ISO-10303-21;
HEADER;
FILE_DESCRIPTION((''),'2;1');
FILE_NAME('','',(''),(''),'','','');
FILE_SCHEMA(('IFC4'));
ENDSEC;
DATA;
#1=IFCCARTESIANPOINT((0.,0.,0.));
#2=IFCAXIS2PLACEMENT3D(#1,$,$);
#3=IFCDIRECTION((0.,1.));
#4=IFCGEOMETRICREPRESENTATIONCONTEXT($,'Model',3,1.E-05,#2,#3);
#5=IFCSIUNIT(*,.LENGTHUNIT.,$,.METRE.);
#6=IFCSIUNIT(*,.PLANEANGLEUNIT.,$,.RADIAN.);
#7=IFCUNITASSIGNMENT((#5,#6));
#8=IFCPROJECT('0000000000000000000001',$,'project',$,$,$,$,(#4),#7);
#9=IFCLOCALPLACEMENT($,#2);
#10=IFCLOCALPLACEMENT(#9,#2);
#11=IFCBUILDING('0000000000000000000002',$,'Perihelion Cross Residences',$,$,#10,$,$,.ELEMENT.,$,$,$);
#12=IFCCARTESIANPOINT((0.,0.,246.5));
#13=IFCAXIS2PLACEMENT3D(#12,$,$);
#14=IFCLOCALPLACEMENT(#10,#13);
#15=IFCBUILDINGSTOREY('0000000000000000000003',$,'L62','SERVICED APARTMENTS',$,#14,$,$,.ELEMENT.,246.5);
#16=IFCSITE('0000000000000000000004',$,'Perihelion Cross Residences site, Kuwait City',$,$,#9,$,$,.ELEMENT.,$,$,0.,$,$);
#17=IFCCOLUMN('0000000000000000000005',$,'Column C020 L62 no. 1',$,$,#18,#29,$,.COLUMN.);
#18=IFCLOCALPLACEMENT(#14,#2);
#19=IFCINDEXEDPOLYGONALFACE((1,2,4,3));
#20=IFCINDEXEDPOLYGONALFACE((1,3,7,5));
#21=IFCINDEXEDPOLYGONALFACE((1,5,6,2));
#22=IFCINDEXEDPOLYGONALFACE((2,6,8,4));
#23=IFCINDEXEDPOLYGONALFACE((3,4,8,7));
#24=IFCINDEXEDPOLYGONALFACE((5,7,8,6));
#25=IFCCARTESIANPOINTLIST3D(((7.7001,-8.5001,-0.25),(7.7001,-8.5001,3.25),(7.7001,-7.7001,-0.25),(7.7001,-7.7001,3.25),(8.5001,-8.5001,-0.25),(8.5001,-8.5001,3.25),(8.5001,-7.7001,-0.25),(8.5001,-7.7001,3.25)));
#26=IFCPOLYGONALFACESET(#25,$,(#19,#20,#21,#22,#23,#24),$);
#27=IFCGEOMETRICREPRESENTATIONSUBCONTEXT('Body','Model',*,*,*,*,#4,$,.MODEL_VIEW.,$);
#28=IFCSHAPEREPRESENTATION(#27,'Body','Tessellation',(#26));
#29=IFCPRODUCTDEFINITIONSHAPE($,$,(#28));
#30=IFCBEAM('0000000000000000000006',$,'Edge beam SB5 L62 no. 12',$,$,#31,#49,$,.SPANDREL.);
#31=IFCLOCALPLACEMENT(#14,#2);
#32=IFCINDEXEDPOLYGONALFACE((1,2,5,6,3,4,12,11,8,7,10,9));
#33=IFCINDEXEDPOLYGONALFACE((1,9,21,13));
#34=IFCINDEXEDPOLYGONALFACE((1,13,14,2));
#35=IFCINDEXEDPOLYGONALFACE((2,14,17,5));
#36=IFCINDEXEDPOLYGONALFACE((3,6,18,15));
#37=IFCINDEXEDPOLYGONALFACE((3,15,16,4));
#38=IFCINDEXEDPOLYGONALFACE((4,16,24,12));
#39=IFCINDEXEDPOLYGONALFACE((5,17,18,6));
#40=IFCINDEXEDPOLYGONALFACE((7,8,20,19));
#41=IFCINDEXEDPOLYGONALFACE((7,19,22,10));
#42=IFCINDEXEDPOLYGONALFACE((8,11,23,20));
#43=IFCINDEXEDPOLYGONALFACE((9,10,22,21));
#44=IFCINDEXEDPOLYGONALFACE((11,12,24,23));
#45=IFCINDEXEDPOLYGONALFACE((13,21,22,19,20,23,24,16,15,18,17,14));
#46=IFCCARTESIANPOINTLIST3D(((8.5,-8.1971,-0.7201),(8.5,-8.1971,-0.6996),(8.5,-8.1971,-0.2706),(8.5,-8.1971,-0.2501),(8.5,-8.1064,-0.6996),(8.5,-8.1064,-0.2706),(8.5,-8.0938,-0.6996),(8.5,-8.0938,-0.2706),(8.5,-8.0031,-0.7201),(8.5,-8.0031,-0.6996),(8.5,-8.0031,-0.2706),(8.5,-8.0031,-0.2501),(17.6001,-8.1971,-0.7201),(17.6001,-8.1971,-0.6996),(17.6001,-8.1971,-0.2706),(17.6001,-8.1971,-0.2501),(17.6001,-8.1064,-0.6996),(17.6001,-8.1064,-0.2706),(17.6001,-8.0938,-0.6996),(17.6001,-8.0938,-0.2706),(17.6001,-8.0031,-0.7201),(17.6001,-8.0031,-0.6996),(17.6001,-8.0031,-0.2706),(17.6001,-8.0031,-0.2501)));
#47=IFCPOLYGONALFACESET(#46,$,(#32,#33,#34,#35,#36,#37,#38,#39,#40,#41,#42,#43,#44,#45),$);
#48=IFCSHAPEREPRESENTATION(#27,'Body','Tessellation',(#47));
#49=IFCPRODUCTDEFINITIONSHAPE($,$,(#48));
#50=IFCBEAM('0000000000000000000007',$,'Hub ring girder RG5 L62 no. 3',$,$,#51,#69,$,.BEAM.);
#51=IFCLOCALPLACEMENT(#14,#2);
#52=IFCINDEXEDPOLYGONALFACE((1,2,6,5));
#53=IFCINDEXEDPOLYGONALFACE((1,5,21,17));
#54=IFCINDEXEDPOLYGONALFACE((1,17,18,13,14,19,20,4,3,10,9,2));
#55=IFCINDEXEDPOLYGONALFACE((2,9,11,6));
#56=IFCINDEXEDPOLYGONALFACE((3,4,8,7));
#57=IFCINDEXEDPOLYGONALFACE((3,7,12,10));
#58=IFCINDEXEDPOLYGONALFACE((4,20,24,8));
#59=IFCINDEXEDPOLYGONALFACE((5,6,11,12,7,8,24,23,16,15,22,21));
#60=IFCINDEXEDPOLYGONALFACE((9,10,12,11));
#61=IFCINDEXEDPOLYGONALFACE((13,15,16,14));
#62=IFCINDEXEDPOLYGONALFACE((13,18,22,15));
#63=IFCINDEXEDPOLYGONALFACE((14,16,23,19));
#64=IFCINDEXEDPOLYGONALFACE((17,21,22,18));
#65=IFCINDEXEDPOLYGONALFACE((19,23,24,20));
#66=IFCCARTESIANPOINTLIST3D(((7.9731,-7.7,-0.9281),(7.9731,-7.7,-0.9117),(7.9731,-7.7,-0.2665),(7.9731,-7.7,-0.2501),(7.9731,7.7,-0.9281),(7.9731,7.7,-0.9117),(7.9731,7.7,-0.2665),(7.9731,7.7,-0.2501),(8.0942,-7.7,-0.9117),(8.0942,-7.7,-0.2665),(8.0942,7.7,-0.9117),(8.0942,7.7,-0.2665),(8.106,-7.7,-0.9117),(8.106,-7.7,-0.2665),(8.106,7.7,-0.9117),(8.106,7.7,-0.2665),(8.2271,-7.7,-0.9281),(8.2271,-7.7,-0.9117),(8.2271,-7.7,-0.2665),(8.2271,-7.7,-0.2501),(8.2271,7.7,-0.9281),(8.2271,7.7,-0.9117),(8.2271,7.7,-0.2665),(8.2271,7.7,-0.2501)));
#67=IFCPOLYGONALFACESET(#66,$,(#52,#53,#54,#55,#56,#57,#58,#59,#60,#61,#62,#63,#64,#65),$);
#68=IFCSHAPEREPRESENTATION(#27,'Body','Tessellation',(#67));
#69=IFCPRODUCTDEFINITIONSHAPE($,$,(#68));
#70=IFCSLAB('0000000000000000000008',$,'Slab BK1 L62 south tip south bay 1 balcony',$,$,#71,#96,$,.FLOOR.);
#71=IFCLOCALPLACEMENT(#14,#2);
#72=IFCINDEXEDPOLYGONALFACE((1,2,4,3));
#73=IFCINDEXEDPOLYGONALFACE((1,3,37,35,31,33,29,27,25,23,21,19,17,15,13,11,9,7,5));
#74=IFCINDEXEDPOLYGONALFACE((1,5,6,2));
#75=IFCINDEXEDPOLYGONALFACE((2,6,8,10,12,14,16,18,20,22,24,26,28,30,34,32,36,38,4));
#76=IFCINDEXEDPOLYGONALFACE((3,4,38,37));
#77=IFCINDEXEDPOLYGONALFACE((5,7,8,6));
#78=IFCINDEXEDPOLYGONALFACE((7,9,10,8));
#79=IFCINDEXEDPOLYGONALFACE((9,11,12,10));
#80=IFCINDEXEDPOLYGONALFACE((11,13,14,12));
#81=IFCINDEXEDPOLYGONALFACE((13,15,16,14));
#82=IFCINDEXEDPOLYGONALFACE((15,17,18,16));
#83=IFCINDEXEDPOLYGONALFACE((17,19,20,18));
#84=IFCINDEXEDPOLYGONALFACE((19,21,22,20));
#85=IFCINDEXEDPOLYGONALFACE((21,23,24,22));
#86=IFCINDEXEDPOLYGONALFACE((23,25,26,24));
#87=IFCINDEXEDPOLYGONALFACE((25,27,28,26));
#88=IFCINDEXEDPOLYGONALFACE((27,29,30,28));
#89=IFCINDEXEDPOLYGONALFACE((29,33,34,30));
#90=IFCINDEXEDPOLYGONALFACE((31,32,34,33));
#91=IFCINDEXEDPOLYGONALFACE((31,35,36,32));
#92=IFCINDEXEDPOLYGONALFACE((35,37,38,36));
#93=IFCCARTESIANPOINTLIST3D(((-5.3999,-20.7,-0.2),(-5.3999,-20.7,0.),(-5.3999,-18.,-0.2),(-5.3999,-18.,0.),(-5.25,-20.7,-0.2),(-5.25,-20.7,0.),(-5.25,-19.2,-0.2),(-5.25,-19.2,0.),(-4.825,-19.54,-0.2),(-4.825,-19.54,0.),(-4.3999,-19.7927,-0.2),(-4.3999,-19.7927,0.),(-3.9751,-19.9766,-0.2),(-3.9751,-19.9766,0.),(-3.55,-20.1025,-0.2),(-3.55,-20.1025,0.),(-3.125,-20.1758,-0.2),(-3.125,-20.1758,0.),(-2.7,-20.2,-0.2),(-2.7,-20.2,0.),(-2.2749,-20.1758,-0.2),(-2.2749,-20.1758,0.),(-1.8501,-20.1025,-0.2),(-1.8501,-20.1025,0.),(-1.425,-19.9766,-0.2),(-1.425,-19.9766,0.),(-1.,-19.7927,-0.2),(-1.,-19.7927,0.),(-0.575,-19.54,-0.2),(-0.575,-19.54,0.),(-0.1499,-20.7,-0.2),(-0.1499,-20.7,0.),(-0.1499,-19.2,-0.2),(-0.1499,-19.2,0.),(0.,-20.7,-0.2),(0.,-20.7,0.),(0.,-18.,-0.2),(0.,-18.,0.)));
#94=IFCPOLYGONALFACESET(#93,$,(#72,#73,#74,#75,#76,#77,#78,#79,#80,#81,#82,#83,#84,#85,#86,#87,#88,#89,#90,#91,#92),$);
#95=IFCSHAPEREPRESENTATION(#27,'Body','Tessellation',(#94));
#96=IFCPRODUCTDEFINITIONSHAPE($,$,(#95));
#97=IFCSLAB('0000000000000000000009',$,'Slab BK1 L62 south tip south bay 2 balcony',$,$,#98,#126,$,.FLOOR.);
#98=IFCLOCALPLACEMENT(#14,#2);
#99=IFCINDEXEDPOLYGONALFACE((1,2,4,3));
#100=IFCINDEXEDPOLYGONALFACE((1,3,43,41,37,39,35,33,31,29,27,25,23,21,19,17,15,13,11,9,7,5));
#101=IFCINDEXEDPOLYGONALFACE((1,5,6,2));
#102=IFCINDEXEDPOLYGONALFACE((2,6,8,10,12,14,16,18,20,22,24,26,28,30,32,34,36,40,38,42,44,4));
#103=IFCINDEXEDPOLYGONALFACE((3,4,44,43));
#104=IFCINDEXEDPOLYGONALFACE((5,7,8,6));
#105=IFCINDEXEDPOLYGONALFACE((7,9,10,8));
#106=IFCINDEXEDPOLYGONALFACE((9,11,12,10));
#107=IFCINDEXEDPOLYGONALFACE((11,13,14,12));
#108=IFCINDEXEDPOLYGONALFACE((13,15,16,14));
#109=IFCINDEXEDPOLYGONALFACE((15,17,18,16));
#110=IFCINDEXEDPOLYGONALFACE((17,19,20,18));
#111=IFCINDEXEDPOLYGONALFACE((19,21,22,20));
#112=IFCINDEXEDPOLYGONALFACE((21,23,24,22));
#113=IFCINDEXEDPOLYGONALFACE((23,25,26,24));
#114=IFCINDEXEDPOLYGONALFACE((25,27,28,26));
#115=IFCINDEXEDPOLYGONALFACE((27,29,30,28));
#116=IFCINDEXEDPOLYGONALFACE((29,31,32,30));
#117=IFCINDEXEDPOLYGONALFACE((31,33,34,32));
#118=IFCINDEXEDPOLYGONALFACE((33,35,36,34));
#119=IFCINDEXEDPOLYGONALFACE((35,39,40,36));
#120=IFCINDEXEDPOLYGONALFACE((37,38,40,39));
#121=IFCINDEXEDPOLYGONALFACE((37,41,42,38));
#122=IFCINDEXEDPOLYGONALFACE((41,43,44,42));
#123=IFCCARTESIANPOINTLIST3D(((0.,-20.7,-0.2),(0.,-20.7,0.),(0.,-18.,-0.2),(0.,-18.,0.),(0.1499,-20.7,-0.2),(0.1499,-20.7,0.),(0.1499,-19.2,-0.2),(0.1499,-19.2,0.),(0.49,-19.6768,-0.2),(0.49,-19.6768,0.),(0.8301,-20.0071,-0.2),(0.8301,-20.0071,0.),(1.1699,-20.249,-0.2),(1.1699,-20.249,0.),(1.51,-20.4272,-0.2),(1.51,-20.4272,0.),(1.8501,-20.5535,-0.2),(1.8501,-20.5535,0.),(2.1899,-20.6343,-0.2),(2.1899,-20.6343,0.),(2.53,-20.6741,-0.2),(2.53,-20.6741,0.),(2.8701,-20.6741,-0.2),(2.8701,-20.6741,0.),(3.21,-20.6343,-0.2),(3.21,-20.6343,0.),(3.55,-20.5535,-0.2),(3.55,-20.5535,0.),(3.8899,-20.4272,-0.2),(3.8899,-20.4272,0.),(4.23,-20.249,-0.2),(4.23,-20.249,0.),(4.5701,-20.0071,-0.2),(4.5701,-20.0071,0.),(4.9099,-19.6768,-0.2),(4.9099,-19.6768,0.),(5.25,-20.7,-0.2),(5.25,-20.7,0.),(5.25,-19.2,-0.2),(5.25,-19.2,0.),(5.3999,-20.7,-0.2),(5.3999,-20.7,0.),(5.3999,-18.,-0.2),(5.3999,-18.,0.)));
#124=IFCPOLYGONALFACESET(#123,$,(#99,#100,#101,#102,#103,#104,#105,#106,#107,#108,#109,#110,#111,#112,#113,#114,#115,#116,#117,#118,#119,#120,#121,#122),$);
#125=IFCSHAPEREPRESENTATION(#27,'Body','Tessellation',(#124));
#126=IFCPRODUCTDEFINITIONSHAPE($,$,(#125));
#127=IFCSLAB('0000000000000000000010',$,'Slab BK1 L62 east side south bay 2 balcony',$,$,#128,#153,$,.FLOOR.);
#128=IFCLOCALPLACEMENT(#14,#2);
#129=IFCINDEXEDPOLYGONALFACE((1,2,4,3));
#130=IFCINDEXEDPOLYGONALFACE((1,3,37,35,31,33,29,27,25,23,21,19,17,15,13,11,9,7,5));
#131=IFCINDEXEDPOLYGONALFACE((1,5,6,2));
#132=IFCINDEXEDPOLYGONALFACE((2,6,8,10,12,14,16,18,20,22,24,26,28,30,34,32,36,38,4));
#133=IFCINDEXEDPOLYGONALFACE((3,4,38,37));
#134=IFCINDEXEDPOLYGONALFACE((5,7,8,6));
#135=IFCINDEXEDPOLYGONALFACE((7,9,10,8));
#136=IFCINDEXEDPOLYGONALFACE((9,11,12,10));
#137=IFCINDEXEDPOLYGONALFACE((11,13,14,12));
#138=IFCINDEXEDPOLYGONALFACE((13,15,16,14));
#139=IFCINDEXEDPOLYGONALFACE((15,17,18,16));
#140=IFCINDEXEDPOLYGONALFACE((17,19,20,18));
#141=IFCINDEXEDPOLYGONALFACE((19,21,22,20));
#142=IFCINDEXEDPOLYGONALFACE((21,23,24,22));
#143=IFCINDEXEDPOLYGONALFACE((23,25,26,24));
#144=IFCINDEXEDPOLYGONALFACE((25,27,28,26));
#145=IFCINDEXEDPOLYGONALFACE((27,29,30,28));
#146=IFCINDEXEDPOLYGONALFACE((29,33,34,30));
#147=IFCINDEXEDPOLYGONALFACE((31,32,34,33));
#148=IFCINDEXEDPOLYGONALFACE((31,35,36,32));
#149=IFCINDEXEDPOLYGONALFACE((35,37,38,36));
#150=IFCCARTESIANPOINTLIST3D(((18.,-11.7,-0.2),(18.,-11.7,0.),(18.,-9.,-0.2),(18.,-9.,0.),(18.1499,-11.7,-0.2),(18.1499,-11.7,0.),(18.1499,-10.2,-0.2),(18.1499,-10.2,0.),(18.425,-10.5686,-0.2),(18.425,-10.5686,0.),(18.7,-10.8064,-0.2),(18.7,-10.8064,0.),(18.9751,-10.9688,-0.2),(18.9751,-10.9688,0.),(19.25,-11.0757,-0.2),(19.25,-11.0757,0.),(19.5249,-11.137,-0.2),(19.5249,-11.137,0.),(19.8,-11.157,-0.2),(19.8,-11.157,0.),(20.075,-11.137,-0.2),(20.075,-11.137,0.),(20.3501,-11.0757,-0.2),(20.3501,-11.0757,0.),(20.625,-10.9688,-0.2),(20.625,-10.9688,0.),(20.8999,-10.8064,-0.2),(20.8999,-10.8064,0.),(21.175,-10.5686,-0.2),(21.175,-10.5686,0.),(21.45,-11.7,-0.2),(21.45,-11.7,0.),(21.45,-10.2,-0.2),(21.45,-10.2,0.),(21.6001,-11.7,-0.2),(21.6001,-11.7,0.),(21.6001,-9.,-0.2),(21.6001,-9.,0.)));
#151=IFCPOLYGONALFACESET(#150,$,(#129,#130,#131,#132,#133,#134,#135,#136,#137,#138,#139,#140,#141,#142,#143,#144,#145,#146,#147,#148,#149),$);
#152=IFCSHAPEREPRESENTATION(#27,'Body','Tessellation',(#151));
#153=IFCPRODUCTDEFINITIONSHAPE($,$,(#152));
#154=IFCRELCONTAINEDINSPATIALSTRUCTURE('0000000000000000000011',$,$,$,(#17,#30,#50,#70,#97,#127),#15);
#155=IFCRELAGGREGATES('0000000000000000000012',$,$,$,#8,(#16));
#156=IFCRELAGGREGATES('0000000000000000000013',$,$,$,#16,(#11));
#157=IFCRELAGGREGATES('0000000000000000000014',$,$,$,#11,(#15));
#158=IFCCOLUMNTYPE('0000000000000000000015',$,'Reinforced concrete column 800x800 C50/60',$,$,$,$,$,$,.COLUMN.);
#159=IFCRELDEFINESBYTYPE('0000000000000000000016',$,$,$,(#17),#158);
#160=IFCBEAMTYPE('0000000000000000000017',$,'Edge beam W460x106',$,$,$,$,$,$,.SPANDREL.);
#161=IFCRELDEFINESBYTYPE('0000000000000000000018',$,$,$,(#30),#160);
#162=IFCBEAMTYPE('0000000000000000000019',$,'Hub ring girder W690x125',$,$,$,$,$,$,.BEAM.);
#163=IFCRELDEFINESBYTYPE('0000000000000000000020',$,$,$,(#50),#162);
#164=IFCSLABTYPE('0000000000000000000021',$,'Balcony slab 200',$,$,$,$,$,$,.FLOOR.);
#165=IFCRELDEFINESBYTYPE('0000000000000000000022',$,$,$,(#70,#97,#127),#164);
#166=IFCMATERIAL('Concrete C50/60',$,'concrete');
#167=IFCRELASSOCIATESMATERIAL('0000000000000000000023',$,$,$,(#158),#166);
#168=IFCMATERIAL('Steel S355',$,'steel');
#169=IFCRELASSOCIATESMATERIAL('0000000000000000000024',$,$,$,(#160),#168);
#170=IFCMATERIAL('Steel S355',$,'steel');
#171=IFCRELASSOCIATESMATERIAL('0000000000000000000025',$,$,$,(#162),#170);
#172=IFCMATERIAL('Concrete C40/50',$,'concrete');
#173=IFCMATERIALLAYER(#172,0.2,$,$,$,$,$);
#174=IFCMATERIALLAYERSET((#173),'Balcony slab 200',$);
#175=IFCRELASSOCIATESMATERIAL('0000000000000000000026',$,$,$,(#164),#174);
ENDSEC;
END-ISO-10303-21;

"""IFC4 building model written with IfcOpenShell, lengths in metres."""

from ifc_helpers import new_model, si_unit, direction, frame, origin, origin_2d, place, context, subcontext, project, spatial, polyline, rectangle, i_section, outline, extrude, material, layer, layer_set, material_profile, profile_set, type_object, element, save


model = new_model("IFC4")

# Units and contexts
model_context = context("Model", 3, precision=1e-05, world=origin(), true_north=direction((0.0, 1.0)))
body_context = subcontext(model_context, "Body", "Model", "MODEL_VIEW")
ifc_project = project(units=[si_unit("LENGTHUNIT", "METRE"), si_unit("PLANEANGLEUNIT", "RADIAN")], contexts=[model_context])

# Site, building, storey
site_placement = place(None, origin())
site = spatial("IfcSite", under=ifc_project, at=site_placement, Name="Perihelion Cross Residences site, Kuwait City", CompositionType="ELEMENT", RefElevation=0.0)
building_placement = place(site_placement, origin())
building = spatial("IfcBuilding", under=site, at=building_placement, Name="Perihelion Cross Residences", CompositionType="ELEMENT")
storey_placement = place(building_placement, frame((0.0, 0.0, 246.5)))
storey = spatial("IfcBuildingStorey", under=building, at=storey_placement, Name="L62", Description="SERVICED APARTMENTS", CompositionType="ELEMENT", Elevation=246.5)

# Column
ifc_material_1 = material(Name="Concrete C50/60", Category="concrete")
ifc_material_profile_1 = material_profile(ifc_material_1, rectangle(XDim=0.8, YDim=0.8, at=origin_2d()), Name="RC 800x800")
ifc_profile_set_1 = profile_set([ifc_material_profile_1], Name="Concrete C50/60")
column_type = type_object("IfcColumnType", Name="Reinforced concrete column 800x800 C50/60", PredefinedType="COLUMN", material=ifc_profile_set_1)
column_placement = place(storey_placement, frame((8.1001, -8.1001, -0.25), z_axis=(0.0, 0.0, 1.0), x_axis=(1.0, 0.0, 0.0)))
element("IfcColumn", 1, at=column_placement, inside=storey, type_object=column_type, Name="Column C020 L62 no. 1", PredefinedType="COLUMN", context=body_context, shape_type="SweptSolid", body=[
    extrude(rectangle(XDim=0.8, YDim=0.8, at=origin_2d()), origin(), (0.0, 0.0, 1.0), 3.5),
])

# Beams
ifc_material_2 = material(Name="Steel S355", Category="steel")
ifc_material_profile_2 = material_profile(ifc_material_2, i_section(OverallWidth=0.1941, OverallDepth=0.47, WebThickness=0.0127, FlangeThickness=0.0205, at=origin_2d()), Name="W460x106")
ifc_profile_set_2 = profile_set([ifc_material_profile_2], Name="Steel S355")
beam_type_1 = type_object("IfcBeamType", Name="Edge beam W460x106", PredefinedType="SPANDREL", material=ifc_profile_set_2)
beam_1_placement = place(storey_placement, frame((8.5, -8.1001, -0.4851), z_axis=(1.0, 0.0, 0.0), x_axis=(0.0, 1.0, 0.0)))
element("IfcBeam", 2, at=beam_1_placement, inside=storey, type_object=beam_type_1, Name="Edge beam SB5 L62 no. 12", PredefinedType="SPANDREL", context=body_context, shape_type="SweptSolid", body=[
    extrude(i_section(OverallWidth=0.1941, OverallDepth=0.47, WebThickness=0.0127, FlangeThickness=0.0205, at=origin_2d()), origin(), (0.0, 0.0, 1.0), 9.1001),
])
ifc_material_3 = material(Name="Steel S355", Category="steel")
ifc_material_profile_3 = material_profile(ifc_material_3, i_section(OverallWidth=0.2539, OverallDepth=0.678, WebThickness=0.0117, FlangeThickness=0.0164, at=origin_2d()), Name="W690x125")
ifc_profile_set_3 = profile_set([ifc_material_profile_3], Name="Steel S355")
beam_type_2 = type_object("IfcBeamType", Name="Hub ring girder W690x125", PredefinedType="BEAM", material=ifc_profile_set_3)
beam_2_placement = place(storey_placement, frame((8.1001, -7.7, -0.5891), z_axis=(0.0, 1.0, 0.0), x_axis=(-1.0, 0.0, 0.0)))
element("IfcBeam", 3, at=beam_2_placement, inside=storey, type_object=beam_type_2, Name="Hub ring girder RG5 L62 no. 3", PredefinedType="BEAM", context=body_context, shape_type="SweptSolid", body=[
    extrude(i_section(OverallWidth=0.2539, OverallDepth=0.678, WebThickness=0.0117, FlangeThickness=0.0164, at=origin_2d()), origin(), (0.0, 0.0, 1.0), 15.3999),
])

# Slabs
ifc_material_4 = material(Name="Concrete C40/50", Category="concrete")
ifc_layer_1 = layer(ifc_material_4, 0.2)
ifc_layer_set_1 = layer_set([ifc_layer_1], Name="Balcony slab 200")
slab_type_1 = type_object("IfcSlabType", Name="Balcony slab 200", PredefinedType="FLOOR", material=ifc_layer_set_1)
slab_1_placement = place(storey_placement, frame((0.0, 0.0, -0.2)))
element("IfcSlab", 4, at=slab_1_placement, inside=storey, type_object=slab_type_1, Name="Slab BK1 L62 south tip south bay 1 balcony", PredefinedType="FLOOR", context=body_context, shape_type="SweptSolid", body=[
    extrude(outline(polyline([(-5.3999, -18.0), (0.0, -18.0), (0.0, -20.7), (-0.1499, -20.7), (-0.1499, -19.2), (-0.575, -19.54), (-1.0, -19.7927), (-1.425, -19.9766), (-1.8501, -20.1025), (-2.2749, -20.1758), (-2.7, -20.2), (-3.125, -20.1758), (-3.55, -20.1025), (-3.9751, -19.9766), (-4.3999, -19.7927), (-4.825, -19.54), (-5.25, -19.2), (-5.25, -20.7), (-5.3999, -20.7), (-5.3999, -18.0)])), origin(), (0.0, 0.0, 1.0), 0.2),
])
slab_2_placement = place(storey_placement, frame((0.0, 0.0, -0.2)))
element("IfcSlab", 5, at=slab_2_placement, inside=storey, type_object=slab_type_1, Name="Slab BK1 L62 south tip south bay 2 balcony", PredefinedType="FLOOR", context=body_context, shape_type="SweptSolid", body=[
    extrude(outline(polyline([(0.0, -18.0), (5.3999, -18.0), (5.3999, -20.7), (5.25, -20.7), (5.25, -19.2), (4.9099, -19.6768), (4.5701, -20.0071), (4.23, -20.249), (3.8899, -20.4272), (3.55, -20.5535), (3.21, -20.6343), (2.8701, -20.6741), (2.53, -20.6741), (2.1899, -20.6343), (1.8501, -20.5535), (1.51, -20.4272), (1.1699, -20.249), (0.8301, -20.0071), (0.49, -19.6768), (0.1499, -19.2), (0.1499, -20.7), (0.0, -20.7), (0.0, -18.0)])), origin(), (0.0, 0.0, 1.0), 0.2),
])
slab_3_placement = place(storey_placement, frame((0.0, 0.0, -0.2)))
element("IfcSlab", 6, at=slab_3_placement, inside=storey, type_object=slab_type_1, Name="Slab BK1 L62 east side south bay 2 balcony", PredefinedType="FLOOR", context=body_context, shape_type="SweptSolid", body=[
    extrude(outline(polyline([(18.0, -9.0), (21.6001, -9.0), (21.6001, -11.7), (21.45, -11.7), (21.45, -10.2), (21.175, -10.5686), (20.8999, -10.8064), (20.625, -10.9688), (20.3501, -11.0757), (20.075, -11.137), (19.8, -11.157), (19.5249, -11.137), (19.25, -11.0757), (18.9751, -10.9688), (18.7, -10.8064), (18.425, -10.5686), (18.1499, -10.2), (18.1499, -11.7), (18.0, -11.7), (18.0, -9.0)])), origin(), (0.0, 0.0, 1.0), 0.2),
])

save(model, "model.ifc")
